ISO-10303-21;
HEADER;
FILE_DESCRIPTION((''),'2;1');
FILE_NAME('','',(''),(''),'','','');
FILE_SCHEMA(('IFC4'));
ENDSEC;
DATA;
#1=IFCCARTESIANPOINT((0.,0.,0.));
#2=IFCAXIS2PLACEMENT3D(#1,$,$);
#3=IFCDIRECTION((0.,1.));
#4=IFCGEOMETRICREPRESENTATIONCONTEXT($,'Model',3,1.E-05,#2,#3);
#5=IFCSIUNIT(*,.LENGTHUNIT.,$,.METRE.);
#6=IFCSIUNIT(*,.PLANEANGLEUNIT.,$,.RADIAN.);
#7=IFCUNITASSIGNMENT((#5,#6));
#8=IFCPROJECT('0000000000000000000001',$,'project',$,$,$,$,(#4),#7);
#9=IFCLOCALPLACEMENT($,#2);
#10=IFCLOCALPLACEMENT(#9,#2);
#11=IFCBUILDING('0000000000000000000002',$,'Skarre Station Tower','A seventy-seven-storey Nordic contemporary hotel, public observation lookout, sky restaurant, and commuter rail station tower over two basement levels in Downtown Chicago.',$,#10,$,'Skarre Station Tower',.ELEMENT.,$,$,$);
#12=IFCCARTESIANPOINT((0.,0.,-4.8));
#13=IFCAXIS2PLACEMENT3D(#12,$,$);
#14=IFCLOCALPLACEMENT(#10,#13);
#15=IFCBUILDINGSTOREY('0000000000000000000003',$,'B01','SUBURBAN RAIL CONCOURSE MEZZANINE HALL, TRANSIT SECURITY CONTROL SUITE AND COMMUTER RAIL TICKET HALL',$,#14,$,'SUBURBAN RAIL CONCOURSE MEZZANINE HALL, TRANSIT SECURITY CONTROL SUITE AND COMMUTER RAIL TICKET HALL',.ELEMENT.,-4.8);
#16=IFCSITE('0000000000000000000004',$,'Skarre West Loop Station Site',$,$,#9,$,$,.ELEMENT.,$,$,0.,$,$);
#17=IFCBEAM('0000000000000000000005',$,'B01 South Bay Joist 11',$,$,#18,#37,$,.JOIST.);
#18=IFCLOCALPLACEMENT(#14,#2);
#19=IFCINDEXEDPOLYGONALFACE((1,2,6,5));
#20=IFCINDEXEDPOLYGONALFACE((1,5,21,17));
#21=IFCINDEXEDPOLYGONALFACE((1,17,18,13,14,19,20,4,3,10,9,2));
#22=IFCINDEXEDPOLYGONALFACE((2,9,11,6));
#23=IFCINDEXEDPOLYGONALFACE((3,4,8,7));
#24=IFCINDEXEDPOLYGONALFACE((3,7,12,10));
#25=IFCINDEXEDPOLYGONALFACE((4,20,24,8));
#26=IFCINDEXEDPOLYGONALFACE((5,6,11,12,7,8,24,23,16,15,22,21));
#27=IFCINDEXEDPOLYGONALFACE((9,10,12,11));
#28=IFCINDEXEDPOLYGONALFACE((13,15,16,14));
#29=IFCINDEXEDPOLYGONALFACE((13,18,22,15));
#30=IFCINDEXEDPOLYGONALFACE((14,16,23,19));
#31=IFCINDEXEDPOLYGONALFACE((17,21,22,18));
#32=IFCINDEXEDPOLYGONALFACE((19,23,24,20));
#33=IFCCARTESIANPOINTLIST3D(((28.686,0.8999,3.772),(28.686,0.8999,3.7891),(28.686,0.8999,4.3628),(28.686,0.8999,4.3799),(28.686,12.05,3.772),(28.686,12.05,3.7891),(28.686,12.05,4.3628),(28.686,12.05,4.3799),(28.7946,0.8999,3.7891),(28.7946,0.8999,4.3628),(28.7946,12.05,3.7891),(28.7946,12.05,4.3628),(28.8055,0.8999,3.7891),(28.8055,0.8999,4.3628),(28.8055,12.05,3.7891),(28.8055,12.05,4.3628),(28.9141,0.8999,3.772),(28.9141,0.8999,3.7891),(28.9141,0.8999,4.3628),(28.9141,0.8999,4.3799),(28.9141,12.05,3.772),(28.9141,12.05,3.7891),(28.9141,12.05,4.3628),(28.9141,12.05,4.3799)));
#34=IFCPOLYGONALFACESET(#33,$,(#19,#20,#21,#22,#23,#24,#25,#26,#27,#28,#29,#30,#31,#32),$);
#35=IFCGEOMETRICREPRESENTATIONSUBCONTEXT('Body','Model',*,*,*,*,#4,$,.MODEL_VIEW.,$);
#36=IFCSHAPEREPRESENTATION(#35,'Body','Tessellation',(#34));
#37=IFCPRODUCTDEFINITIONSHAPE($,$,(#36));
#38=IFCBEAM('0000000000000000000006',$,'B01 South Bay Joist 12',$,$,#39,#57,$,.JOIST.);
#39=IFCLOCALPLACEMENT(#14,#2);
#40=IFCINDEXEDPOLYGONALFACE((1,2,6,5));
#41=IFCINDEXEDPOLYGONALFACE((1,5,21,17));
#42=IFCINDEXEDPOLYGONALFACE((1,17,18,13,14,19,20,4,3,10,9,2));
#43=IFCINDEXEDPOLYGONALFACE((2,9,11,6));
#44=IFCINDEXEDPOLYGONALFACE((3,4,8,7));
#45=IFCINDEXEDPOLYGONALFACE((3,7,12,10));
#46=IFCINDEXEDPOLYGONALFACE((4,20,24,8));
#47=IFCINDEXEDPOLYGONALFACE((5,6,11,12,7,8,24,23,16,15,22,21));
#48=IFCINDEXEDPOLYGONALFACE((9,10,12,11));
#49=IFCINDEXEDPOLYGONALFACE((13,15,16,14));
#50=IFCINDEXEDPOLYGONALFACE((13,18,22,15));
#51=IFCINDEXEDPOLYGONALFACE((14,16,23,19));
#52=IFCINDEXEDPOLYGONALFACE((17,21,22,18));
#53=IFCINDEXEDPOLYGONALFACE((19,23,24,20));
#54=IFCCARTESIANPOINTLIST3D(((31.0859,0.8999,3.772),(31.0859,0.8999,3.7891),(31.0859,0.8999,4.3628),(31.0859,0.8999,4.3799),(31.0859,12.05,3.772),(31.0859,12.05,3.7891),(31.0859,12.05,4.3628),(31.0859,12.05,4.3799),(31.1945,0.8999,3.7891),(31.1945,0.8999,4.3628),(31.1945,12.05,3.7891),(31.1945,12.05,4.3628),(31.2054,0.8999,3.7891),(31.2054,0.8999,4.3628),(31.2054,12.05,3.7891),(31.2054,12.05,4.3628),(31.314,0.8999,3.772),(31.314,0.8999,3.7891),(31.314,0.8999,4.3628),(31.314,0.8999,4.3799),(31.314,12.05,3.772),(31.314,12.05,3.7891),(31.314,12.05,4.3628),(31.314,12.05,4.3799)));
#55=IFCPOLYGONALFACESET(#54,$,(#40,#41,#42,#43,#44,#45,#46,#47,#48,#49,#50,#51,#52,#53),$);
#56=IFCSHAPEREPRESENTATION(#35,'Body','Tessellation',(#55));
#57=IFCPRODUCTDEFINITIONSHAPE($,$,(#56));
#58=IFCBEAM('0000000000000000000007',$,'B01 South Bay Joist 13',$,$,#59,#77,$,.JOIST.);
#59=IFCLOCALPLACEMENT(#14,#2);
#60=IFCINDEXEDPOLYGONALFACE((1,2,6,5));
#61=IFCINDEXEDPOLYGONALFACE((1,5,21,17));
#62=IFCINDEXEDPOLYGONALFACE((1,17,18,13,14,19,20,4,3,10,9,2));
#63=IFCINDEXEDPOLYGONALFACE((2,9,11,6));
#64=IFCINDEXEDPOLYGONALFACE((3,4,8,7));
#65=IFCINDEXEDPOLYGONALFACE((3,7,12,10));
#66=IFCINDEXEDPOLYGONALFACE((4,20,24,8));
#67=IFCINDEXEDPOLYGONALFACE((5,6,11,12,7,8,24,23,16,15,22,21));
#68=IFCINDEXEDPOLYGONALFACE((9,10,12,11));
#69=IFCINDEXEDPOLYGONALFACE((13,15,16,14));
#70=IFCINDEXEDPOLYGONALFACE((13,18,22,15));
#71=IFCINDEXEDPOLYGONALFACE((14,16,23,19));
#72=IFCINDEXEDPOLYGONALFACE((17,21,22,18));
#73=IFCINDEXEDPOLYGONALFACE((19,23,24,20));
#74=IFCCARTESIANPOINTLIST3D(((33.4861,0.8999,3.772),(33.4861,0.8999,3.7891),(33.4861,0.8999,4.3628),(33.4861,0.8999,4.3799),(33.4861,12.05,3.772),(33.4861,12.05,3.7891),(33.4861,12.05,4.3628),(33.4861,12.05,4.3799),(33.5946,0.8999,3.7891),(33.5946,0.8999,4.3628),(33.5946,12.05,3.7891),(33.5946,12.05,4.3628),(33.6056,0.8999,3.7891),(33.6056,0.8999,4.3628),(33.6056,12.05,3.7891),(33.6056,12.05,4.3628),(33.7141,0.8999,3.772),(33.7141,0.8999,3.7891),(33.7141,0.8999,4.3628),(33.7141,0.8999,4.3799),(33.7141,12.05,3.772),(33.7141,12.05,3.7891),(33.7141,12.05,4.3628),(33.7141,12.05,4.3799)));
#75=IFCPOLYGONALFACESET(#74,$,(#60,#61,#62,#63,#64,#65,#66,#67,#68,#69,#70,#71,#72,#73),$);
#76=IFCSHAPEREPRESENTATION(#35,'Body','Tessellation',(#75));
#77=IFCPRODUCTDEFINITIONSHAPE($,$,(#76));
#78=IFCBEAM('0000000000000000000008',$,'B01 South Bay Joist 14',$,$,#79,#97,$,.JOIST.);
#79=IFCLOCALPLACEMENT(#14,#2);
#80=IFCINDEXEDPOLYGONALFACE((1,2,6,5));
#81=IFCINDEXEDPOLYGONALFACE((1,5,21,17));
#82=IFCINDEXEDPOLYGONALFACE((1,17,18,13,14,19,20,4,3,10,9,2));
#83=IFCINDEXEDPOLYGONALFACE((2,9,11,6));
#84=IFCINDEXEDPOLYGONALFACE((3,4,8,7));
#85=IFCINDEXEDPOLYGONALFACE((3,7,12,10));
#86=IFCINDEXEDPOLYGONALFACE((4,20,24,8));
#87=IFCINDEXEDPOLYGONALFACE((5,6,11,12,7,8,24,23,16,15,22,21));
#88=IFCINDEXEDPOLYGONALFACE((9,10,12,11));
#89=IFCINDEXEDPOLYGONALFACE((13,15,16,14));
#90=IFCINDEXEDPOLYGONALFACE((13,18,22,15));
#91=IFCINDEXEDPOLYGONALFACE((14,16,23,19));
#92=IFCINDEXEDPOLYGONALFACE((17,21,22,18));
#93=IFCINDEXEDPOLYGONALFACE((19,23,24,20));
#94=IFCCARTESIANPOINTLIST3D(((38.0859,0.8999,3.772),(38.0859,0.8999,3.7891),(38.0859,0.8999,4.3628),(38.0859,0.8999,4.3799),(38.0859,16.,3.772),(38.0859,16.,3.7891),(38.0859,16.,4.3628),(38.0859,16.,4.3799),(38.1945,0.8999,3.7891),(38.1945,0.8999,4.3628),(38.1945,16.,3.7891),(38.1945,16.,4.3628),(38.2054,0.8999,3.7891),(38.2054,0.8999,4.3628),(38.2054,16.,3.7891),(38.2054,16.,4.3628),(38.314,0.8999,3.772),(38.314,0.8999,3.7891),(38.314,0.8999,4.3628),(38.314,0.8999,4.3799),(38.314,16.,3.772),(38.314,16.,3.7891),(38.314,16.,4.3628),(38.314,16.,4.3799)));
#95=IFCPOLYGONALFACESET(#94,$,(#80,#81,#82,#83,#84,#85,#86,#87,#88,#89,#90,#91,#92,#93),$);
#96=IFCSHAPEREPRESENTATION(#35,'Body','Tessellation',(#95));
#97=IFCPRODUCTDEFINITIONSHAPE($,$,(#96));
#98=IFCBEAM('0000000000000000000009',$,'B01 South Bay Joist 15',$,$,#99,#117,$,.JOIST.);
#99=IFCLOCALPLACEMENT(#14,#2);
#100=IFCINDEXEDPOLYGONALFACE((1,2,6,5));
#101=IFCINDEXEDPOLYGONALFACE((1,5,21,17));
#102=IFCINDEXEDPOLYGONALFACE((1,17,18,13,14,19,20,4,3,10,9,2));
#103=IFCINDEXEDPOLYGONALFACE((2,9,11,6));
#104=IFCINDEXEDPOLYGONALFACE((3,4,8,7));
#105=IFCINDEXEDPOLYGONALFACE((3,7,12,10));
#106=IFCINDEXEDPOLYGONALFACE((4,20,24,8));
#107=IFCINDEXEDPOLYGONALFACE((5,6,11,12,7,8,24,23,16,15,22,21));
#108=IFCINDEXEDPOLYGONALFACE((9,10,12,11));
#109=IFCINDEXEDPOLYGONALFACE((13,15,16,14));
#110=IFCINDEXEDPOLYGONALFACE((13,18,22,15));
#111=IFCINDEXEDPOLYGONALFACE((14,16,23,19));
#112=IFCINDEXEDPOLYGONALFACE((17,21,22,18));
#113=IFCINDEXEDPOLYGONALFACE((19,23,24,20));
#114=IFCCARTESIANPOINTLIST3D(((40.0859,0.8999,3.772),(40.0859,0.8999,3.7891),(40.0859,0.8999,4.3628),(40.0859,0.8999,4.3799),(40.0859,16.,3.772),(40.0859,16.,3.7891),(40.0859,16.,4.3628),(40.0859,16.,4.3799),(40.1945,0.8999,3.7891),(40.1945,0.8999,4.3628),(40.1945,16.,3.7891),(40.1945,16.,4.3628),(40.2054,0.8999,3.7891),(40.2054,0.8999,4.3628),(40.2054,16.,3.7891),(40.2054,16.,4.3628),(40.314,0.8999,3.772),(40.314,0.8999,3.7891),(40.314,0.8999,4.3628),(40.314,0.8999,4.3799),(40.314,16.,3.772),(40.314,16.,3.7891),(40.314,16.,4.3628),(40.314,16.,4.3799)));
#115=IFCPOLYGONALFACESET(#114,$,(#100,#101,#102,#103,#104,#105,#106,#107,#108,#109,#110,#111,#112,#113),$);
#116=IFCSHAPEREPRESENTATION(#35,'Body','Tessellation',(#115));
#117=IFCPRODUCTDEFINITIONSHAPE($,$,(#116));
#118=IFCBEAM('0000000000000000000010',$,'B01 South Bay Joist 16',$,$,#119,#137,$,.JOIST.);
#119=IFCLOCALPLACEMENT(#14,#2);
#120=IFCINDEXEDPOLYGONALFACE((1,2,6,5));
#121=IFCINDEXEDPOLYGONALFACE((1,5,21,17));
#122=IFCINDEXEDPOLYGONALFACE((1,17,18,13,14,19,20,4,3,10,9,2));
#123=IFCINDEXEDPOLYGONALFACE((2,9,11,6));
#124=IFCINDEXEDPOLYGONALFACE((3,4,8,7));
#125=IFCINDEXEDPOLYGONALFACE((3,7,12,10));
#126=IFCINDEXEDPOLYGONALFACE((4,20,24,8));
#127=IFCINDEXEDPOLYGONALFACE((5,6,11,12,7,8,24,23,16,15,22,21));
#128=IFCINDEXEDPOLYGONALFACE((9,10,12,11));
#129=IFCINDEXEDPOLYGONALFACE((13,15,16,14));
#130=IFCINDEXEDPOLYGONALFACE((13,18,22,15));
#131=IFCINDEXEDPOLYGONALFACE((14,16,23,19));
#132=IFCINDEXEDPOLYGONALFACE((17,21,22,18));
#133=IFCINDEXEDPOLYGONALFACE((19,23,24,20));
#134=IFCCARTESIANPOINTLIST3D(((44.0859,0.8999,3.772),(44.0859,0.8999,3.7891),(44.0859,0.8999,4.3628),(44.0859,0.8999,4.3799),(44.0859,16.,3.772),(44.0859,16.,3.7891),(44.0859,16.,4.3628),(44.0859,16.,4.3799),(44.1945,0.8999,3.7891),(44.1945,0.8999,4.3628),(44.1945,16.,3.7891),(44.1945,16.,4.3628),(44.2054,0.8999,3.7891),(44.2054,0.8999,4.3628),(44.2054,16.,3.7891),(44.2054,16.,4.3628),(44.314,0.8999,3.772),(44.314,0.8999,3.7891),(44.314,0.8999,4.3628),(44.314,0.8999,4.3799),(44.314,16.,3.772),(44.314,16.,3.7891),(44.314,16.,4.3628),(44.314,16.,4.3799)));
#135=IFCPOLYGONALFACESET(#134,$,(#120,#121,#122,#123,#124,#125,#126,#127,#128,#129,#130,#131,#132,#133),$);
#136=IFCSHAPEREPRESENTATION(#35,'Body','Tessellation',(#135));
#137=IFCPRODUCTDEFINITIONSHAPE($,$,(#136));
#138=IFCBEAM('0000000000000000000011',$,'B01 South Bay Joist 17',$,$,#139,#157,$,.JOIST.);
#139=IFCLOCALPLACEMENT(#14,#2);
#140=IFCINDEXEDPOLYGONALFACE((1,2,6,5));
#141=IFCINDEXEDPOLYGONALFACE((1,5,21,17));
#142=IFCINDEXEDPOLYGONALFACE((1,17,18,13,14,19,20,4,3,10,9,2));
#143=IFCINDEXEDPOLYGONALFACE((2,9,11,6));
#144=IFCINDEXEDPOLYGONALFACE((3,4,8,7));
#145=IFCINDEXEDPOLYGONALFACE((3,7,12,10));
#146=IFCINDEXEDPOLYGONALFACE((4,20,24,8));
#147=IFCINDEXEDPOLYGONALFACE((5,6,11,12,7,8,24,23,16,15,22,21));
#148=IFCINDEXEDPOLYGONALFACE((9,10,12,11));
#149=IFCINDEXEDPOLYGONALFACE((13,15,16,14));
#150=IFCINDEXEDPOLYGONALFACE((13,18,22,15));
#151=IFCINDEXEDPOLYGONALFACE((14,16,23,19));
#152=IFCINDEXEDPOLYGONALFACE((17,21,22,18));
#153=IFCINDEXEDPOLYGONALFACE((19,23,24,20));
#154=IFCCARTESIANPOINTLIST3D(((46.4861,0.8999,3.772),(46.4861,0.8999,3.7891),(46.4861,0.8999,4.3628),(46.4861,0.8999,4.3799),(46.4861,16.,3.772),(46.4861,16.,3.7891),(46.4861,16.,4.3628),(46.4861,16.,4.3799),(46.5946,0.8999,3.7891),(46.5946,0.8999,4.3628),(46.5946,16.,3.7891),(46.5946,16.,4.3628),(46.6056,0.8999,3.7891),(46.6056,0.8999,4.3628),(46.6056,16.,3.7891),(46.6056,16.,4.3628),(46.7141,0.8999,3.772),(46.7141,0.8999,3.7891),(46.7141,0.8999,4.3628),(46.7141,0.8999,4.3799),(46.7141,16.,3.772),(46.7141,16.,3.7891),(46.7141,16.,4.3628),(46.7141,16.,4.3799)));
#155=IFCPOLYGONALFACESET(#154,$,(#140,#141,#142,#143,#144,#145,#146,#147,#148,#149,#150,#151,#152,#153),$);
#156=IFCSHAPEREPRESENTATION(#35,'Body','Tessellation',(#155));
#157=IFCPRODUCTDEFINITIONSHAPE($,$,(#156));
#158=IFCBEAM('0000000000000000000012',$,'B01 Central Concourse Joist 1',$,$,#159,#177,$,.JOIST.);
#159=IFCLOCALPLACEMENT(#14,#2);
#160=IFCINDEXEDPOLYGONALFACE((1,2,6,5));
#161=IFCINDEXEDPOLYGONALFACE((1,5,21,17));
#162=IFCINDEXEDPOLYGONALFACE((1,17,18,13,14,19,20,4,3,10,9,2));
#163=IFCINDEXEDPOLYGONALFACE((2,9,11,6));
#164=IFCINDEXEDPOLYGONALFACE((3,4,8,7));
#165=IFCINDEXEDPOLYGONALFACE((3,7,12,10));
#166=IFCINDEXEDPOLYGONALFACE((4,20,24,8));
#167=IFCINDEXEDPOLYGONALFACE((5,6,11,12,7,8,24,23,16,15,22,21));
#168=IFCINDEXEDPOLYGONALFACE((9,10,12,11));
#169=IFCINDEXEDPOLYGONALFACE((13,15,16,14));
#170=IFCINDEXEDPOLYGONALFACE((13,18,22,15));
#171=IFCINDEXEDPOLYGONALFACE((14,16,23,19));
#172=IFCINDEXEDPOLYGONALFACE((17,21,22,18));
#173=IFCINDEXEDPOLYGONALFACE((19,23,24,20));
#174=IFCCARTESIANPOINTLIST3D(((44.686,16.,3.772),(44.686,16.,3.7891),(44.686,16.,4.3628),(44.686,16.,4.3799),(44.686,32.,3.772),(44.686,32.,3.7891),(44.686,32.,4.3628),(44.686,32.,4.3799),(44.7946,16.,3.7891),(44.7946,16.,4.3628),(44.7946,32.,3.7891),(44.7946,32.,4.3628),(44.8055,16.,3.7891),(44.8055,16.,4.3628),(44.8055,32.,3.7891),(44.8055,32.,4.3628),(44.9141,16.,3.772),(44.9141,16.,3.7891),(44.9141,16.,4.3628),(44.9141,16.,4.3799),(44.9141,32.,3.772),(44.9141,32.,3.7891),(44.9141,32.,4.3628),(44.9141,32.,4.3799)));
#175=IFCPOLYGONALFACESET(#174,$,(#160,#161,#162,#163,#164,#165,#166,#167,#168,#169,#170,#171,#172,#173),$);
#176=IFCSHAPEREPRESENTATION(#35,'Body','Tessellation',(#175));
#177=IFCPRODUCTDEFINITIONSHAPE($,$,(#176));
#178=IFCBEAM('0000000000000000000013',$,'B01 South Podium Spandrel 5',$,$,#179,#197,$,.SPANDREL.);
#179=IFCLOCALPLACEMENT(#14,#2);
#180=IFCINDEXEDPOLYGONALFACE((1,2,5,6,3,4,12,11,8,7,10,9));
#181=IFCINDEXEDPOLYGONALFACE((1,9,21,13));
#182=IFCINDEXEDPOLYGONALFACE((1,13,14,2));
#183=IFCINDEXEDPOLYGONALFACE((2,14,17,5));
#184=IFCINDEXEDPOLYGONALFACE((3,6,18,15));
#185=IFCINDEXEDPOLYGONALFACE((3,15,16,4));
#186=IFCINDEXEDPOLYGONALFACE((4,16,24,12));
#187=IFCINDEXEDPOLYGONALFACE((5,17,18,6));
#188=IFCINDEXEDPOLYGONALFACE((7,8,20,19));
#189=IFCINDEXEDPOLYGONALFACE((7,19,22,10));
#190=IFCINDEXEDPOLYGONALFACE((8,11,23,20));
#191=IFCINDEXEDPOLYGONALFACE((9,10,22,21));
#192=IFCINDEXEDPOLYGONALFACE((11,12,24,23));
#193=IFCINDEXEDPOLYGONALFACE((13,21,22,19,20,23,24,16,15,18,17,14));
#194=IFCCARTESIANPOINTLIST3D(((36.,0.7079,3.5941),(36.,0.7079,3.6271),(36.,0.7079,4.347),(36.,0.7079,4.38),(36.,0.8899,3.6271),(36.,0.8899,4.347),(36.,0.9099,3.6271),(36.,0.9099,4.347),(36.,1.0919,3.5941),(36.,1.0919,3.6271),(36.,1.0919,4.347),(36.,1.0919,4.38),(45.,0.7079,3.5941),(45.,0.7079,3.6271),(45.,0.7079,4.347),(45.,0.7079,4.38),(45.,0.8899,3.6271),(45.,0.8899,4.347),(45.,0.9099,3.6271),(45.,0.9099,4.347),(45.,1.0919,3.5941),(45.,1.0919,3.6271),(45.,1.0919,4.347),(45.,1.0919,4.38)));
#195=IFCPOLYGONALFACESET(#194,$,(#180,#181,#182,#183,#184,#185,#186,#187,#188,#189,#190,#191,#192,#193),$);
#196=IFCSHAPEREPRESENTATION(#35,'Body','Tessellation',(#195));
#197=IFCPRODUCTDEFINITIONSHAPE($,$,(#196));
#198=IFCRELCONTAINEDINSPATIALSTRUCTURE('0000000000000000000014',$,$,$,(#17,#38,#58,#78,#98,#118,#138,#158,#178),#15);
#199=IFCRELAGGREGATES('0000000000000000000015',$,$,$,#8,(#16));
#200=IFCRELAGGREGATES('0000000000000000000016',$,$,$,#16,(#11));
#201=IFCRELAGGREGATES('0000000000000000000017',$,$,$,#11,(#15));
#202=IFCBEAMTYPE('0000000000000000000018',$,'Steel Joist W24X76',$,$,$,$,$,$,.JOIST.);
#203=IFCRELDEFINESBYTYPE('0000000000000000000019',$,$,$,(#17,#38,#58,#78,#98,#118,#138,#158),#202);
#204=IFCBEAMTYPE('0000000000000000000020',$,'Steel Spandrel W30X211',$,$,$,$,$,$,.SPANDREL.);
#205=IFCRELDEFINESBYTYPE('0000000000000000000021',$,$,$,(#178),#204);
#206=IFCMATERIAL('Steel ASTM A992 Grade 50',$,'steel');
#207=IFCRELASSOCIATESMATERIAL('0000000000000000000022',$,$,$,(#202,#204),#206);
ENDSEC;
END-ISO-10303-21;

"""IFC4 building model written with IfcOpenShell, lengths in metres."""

from ifc_helpers import new_model, si_unit, direction, frame, origin, origin_2d, place, context, subcontext, project, spatial, i_section, extrude, material, material_profile, profile_set, type_object, element, save


model = new_model("IFC4")

# Units and contexts
model_context = context("Model", 3, precision=1e-05, world=origin(), true_north=direction((0.0, 1.0)))
body_context = subcontext(model_context, "Body", "Model", "MODEL_VIEW")
ifc_project = project(units=[si_unit("LENGTHUNIT", "METRE"), si_unit("PLANEANGLEUNIT", "RADIAN")], contexts=[model_context])

# Site, building, storey
site_placement = place(None, origin())
site = spatial("IfcSite", under=ifc_project, at=site_placement, Name="Skarre West Loop Station Site", CompositionType="ELEMENT", RefElevation=0.0)
building_placement = place(site_placement, origin())
building = spatial("IfcBuilding", under=site, at=building_placement, Name="Skarre Station Tower", Description="A seventy-seven-storey Nordic contemporary hotel, public observation lookout, sky restaurant, and commuter rail station tower over two basement levels in Downtown Chicago.", LongName="Skarre Station Tower", CompositionType="ELEMENT")
storey_placement = place(building_placement, frame((0.0, 0.0, -4.8)))
storey = spatial("IfcBuildingStorey", under=building, at=storey_placement, Name="B01", Description="SUBURBAN RAIL CONCOURSE MEZZANINE HALL, TRANSIT SECURITY CONTROL SUITE AND COMMUTER RAIL TICKET HALL", LongName="SUBURBAN RAIL CONCOURSE MEZZANINE HALL, TRANSIT SECURITY CONTROL SUITE AND COMMUTER RAIL TICKET HALL", CompositionType="ELEMENT", Elevation=-4.8)

# Beams
ifc_material_1 = material(Name="Steel ASTM A992 Grade 50", Category="steel")
ifc_material_profile_1 = material_profile(ifc_material_1, i_section(OverallWidth=0.228, OverallDepth=0.6079, WebThickness=0.011, FlangeThickness=0.0171, at=origin_2d()), Name="Steel ASTM A992 Grade 50")
ifc_profile_set_1 = profile_set([ifc_material_profile_1], Name="Steel ASTM A992 Grade 50")
beam_type_1 = type_object("IfcBeamType", Name="Steel Joist W24X76", PredefinedType="JOIST", material=ifc_profile_set_1)
for number, where, z_axis, x_axis, name in (
    (1, (28.8, 0.8999, 4.0759), (0.0, 1.0, 0.0), (-1.0, 0.0, 0.0), "B01 South Bay Joist 11"),
    (2, (31.2, 0.8999, 4.0759), (0.0, 1.0, 0.0), (-1.0, 0.0, 0.0), "B01 South Bay Joist 12"),
    (3, (33.6001, 0.8999, 4.0759), (0.0, 1.0, 0.0), (-1.0, 0.0, 0.0), "B01 South Bay Joist 13"),
):
    element("IfcBeam", number, at=place(storey_placement, frame(where, z_axis=z_axis, x_axis=x_axis)), inside=storey, type_object=beam_type_1, Name=name, PredefinedType="JOIST", context=body_context, shape_type="SweptSolid", body=[
        extrude(i_section(OverallWidth=0.228, OverallDepth=0.6079, WebThickness=0.011, FlangeThickness=0.0171, at=origin_2d()), origin(), (0.0, 0.0, 1.0), 11.1501),
    ])
for number, where, z_axis, x_axis, name in (
    (4, (38.2, 0.8999, 4.0759), (0.0, 1.0, 0.0), (-1.0, 0.0, 0.0), "B01 South Bay Joist 14"),
    (5, (40.2, 0.8999, 4.0759), (0.0, 1.0, 0.0), (-1.0, 0.0, 0.0), "B01 South Bay Joist 15"),
    (6, (44.2, 0.8999, 4.0759), (0.0, 1.0, 0.0), (-1.0, 0.0, 0.0), "B01 South Bay Joist 16"),
    (7, (46.6001, 0.8999, 4.0759), (0.0, 1.0, 0.0), (-1.0, 0.0, 0.0), "B01 South Bay Joist 17"),
):
    element("IfcBeam", number, at=place(storey_placement, frame(where, z_axis=z_axis, x_axis=x_axis)), inside=storey, type_object=beam_type_1, Name=name, PredefinedType="JOIST", context=body_context, shape_type="SweptSolid", body=[
        extrude(i_section(OverallWidth=0.228, OverallDepth=0.6079, WebThickness=0.011, FlangeThickness=0.0171, at=origin_2d()), origin(), (0.0, 0.0, 1.0), 15.1001),
    ])
beam_1_placement = place(storey_placement, frame((44.8, 16.0, 4.0759), z_axis=(0.0, 1.0, 0.0), x_axis=(-1.0, 0.0, 0.0)))
element("IfcBeam", 8, at=beam_1_placement, inside=storey, type_object=beam_type_1, Name="B01 Central Concourse Joist 1", PredefinedType="JOIST", context=body_context, shape_type="SweptSolid", body=[
    extrude(i_section(OverallWidth=0.228, OverallDepth=0.6079, WebThickness=0.011, FlangeThickness=0.0171, at=origin_2d()), origin(), (0.0, 0.0, 1.0), 16.0),
])
ifc_material_profile_2 = material_profile(ifc_material_1, i_section(OverallWidth=0.384, OverallDepth=0.7859, WebThickness=0.02, FlangeThickness=0.033, at=origin_2d()), Name="Steel ASTM A992 Grade 50")
ifc_profile_set_2 = profile_set([ifc_material_profile_2], Name="Steel ASTM A992 Grade 50")
beam_type_2 = type_object("IfcBeamType", Name="Steel Spandrel W30X211", PredefinedType="SPANDREL", material=ifc_profile_set_2)
for number, where, z_axis, x_axis, name in (
    (9, (36.0, 0.8999, 3.9871), (1.0, 0.0, 0.0), (0.0, 1.0, 0.0), "B01 South Podium Spandrel 5"),
):
    element("IfcBeam", number, at=place(storey_placement, frame(where, z_axis=z_axis, x_axis=x_axis)), inside=storey, type_object=beam_type_2, Name=name, PredefinedType="SPANDREL", context=body_context, shape_type="SweptSolid", body=[
        extrude(i_section(OverallWidth=0.384, OverallDepth=0.7859, WebThickness=0.02, FlangeThickness=0.033, at=origin_2d()), origin(), (0.0, 0.0, 1.0), 9.0),
    ])

save(model, "model.ifc")
